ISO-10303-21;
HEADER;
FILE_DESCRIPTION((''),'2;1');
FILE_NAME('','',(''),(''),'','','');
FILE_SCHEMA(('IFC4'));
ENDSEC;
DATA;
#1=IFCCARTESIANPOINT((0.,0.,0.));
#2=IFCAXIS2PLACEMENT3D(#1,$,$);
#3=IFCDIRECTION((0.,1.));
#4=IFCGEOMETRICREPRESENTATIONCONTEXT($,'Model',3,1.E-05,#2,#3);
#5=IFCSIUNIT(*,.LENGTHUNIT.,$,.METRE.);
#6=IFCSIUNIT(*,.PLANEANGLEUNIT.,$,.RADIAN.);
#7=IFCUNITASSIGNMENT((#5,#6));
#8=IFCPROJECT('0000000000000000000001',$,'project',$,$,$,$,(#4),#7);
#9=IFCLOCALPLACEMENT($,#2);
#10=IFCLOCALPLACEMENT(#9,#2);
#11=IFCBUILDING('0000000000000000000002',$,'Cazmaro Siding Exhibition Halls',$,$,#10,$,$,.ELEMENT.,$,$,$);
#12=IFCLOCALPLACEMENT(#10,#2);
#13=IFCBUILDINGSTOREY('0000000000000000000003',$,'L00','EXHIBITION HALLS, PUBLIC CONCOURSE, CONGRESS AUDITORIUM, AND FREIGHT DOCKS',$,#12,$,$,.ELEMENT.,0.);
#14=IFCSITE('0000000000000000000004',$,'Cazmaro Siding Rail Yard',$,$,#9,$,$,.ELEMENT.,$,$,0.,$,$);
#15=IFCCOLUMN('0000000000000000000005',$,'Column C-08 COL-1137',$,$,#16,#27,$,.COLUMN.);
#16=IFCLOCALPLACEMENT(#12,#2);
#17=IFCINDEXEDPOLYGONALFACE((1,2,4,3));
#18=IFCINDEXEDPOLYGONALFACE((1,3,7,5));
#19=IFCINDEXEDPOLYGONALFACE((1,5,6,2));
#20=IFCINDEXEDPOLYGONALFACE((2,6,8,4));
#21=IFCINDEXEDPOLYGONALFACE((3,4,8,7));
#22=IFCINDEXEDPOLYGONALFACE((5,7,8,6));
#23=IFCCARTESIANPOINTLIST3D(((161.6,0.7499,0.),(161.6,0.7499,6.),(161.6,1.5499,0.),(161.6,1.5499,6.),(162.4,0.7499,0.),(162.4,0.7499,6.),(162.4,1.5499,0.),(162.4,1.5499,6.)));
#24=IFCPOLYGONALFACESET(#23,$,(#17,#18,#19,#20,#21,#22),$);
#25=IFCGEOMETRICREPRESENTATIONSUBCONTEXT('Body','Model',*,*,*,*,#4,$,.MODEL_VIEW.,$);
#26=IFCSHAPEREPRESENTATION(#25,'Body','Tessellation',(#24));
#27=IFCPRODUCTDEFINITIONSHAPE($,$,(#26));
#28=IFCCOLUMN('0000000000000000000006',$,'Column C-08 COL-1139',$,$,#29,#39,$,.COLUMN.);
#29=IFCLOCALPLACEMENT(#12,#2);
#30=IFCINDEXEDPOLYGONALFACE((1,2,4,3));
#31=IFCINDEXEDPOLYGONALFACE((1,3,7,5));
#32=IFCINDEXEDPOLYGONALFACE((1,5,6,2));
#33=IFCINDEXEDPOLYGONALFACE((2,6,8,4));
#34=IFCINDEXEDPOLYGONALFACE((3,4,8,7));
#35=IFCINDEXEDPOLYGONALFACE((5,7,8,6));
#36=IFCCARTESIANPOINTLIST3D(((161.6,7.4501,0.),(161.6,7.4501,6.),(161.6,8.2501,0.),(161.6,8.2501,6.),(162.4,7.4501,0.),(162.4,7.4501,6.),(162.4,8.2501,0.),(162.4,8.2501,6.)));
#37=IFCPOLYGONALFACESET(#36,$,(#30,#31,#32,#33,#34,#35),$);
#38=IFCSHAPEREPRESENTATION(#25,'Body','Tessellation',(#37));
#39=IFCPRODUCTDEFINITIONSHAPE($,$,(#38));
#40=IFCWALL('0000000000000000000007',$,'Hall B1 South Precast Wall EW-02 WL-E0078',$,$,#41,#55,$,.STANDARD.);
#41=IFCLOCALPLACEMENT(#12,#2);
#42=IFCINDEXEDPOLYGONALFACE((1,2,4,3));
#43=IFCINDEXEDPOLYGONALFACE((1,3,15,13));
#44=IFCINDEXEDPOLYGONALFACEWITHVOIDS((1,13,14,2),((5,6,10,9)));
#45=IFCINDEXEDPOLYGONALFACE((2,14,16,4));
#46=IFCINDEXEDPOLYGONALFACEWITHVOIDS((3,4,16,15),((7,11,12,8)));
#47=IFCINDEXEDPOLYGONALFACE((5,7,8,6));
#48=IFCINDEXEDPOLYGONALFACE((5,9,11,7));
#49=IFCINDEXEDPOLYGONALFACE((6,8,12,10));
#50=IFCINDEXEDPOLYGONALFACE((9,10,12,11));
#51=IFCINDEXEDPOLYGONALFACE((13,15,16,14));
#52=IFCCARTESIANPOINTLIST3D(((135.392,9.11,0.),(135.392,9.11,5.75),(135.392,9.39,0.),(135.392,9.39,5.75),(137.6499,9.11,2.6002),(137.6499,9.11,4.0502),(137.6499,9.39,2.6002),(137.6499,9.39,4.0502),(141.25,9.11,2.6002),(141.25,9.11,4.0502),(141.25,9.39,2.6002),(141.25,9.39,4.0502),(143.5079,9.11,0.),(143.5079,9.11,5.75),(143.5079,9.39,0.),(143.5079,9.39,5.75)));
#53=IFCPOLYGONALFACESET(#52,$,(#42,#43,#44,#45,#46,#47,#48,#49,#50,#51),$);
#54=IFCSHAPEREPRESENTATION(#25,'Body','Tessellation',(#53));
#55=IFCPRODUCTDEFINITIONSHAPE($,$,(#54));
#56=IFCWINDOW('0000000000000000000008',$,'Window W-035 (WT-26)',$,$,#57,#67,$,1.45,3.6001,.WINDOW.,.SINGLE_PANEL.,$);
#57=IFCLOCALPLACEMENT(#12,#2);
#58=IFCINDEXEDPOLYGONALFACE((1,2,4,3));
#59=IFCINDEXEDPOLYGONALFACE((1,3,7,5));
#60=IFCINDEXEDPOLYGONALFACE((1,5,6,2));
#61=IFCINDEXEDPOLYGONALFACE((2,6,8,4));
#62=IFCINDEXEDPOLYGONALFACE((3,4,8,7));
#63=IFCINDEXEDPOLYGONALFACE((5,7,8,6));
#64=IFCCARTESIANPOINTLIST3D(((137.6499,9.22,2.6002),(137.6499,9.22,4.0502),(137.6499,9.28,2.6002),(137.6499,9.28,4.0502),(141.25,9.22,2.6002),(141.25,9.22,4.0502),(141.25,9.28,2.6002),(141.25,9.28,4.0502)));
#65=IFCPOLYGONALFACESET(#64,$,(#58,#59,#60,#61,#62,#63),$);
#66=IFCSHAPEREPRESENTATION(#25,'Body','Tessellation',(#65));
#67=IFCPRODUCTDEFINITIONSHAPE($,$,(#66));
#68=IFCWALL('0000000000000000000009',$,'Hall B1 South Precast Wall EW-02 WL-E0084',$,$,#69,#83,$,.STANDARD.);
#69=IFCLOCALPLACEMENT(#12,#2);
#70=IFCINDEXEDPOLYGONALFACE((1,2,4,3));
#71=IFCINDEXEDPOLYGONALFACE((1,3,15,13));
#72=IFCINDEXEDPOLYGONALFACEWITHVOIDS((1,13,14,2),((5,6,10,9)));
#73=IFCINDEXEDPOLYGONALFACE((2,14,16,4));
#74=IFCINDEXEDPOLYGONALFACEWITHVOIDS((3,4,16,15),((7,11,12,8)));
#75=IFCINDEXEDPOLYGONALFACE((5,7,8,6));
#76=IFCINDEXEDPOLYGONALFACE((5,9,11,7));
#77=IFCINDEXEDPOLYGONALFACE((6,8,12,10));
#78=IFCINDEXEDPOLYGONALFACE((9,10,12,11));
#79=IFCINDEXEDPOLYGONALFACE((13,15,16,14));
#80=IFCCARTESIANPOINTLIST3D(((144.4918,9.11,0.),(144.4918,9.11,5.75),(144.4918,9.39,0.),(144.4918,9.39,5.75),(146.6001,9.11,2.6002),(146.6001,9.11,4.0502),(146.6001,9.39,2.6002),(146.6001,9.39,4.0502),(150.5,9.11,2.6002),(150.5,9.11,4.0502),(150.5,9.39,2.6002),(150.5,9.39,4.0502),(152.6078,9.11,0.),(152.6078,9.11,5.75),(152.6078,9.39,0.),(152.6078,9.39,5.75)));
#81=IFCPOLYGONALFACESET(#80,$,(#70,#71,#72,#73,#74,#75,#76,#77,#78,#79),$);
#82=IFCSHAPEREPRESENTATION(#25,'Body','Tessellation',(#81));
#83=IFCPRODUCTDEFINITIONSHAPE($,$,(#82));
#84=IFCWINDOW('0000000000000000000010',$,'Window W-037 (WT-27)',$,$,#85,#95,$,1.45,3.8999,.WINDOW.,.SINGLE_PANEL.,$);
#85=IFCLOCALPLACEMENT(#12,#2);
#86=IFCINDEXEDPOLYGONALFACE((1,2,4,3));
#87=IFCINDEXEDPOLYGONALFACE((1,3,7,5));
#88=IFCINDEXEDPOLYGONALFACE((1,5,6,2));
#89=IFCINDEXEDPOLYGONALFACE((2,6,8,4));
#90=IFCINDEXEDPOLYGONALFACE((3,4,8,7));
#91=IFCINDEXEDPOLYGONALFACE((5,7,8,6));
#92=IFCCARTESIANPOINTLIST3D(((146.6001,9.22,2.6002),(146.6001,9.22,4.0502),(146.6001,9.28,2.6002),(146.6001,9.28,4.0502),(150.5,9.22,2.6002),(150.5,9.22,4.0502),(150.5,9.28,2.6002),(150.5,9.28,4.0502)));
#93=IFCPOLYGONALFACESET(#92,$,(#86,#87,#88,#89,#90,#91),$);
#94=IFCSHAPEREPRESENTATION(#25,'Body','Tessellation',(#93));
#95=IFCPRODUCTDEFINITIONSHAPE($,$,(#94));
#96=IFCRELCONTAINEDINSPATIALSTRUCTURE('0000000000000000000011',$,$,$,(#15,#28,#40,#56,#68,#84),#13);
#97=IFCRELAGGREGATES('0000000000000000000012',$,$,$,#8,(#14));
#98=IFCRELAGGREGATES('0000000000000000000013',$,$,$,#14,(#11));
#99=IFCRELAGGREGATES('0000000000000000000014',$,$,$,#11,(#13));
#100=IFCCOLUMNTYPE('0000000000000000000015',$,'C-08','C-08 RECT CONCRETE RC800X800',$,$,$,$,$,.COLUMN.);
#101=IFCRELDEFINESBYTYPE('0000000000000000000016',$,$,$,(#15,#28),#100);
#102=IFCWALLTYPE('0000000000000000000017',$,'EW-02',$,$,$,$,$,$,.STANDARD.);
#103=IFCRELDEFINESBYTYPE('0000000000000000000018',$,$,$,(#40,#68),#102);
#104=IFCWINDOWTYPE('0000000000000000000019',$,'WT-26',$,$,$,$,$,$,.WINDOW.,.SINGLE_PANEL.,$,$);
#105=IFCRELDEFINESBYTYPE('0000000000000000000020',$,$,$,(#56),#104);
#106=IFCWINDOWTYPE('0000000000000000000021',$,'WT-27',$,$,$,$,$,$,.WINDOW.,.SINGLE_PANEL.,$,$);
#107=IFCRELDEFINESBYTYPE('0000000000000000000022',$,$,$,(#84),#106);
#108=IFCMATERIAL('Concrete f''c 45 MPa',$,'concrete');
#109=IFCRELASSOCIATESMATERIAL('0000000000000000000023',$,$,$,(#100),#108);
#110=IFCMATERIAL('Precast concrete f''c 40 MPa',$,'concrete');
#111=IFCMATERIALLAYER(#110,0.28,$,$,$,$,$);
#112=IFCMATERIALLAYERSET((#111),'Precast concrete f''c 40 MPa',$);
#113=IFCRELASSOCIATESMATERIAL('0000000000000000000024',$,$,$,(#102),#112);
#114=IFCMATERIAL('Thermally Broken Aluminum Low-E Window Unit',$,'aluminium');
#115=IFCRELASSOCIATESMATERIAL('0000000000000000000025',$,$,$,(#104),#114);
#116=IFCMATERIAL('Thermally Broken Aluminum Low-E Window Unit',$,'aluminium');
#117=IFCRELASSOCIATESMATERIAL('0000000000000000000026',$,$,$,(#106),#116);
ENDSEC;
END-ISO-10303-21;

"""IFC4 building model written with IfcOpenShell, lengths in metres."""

from ifc_helpers import new_model, si_unit, direction, frame, frame_2d, origin, origin_2d, place, context, subcontext, project, spatial, rectangle, extrude, material, layer, layer_set, material_profile, profile_set, type_object, element, fill, save


model = new_model("IFC4")

# Units and contexts
model_context = context("Model", 3, precision=1e-05, world=origin(), true_north=direction((0.0, 1.0)))
body_context = subcontext(model_context, "Body", "Model", "MODEL_VIEW")
ifc_project = project(units=[si_unit("LENGTHUNIT", "METRE"), si_unit("PLANEANGLEUNIT", "RADIAN")], contexts=[model_context])

# Site, building, storey
site_placement = place(None, origin())
site = spatial("IfcSite", under=ifc_project, at=site_placement, Name="Cazmaro Siding Rail Yard", CompositionType="ELEMENT", RefElevation=0.0)
building_placement = place(site_placement, origin())
building = spatial("IfcBuilding", under=site, at=building_placement, Name="Cazmaro Siding Exhibition Halls", CompositionType="ELEMENT")
storey_placement = place(building_placement, origin())
storey = spatial("IfcBuildingStorey", under=building, at=storey_placement, Name="L00", Description="EXHIBITION HALLS, PUBLIC CONCOURSE, CONGRESS AUDITORIUM, AND FREIGHT DOCKS", CompositionType="ELEMENT", Elevation=0.0)

# Columns
ifc_material_1 = material(Name="Concrete f'c 45 MPa", Category="concrete")
ifc_material_profile_1 = material_profile(ifc_material_1, rectangle(XDim=0.8, YDim=0.8, at=origin_2d()), Name="RC800X800")
ifc_profile_set_1 = profile_set([ifc_material_profile_1], Name="Concrete f'c 45 MPa")
column_type_1 = type_object("IfcColumnType", Name="C-08", Description="C-08 RECT CONCRETE RC800X800", PredefinedType="COLUMN", material=ifc_profile_set_1)
for number, where, z_axis, x_axis, name in (
    (1, (162.0, 1.1499, 0.0), (0.0, 0.0, 1.0), (1.0, 0.0, 0.0), "Column C-08 COL-1137"),
    (2, (162.0, 7.8501, 0.0), (0.0, 0.0, 1.0), (1.0, 0.0, 0.0), "Column C-08 COL-1139"),
):
    element("IfcColumn", number, at=place(storey_placement, frame(where, z_axis=z_axis, x_axis=x_axis)), inside=storey, type_object=column_type_1, Name=name, PredefinedType="COLUMN", context=body_context, shape_type="SweptSolid", body=[
        extrude(rectangle(XDim=0.8, YDim=0.8, at=origin_2d()), origin(), (0.0, 0.0, 1.0), 6.0),
    ])

# Walls, openings, windows
ifc_material_2 = material(Name="Precast concrete f'c 40 MPa", Category="concrete")
ifc_layer = layer(ifc_material_2, 0.28)
ifc_layer_set = layer_set([ifc_layer], Name="Precast concrete f'c 40 MPa")
wall_type = type_object("IfcWallType", Name="EW-02", PredefinedType="STANDARD", material=ifc_layer_set)
wall_1_placement = place(storey_placement, frame((143.5081, 9.25, 0.0), z_axis=(0.0, 0.0, 1.0), x_axis=(-1.0, 0.0, 0.0)))
wall_1 = element("IfcWall", 3, at=wall_1_placement, inside=storey, type_object=wall_type, Name="Hall B1 South Precast Wall EW-02 WL-E0078", PredefinedType="STANDARD", context=body_context, shape_type="SweptSolid", body=[
    extrude(rectangle(XDim=8.116, YDim=0.28, at=frame_2d((4.0581, 0.0))), origin(), (0.0, 0.0, 1.0), 5.75),
])
opening_1_placement = place(wall_1_placement, frame((2.2581, 0.0, 2.6001)))
opening_1 = element("IfcOpeningElement", 4, at=opening_1_placement, cuts=wall_1, PredefinedType="OPENING", context=body_context, shape_type="SweptSolid", body=[
    extrude(rectangle(XDim=3.6001, YDim=1.45, at=frame_2d((1.8, 0.7251))), frame((0.0, 0.1499, 0.0), z_axis=(0.0, -1.0, 0.0), x_axis=(1.0, 0.0, 0.0)), (0.0, 0.0, 1.0), 0.3),
])
ifc_material_3 = material(Name="Thermally Broken Aluminum Low-E Window Unit", Category="aluminium")
window_type_1 = type_object("IfcWindowType", Name="WT-26", PartitioningType="SINGLE_PANEL", PredefinedType="WINDOW", material=ifc_material_3)
window_1_placement = place(opening_1_placement, origin())
window_1 = element("IfcWindow", 5, at=window_1_placement, inside=storey, type_object=window_type_1, Name="Window W-035 (WT-26)", OverallHeight=1.45, OverallWidth=3.6001, PartitioningType="SINGLE_PANEL", PredefinedType="WINDOW", context=body_context, shape_type="SweptSolid", body=[
    extrude(rectangle(XDim=3.6001, YDim=1.45, at=frame_2d((1.8, 0.7251))), frame((0.0, 0.03, 0.0), z_axis=(0.0, -1.0, 0.0), x_axis=(1.0, 0.0, 0.0)), (0.0, 0.0, 1.0), 0.0601),
])
fill(opening_1, window_1)
wall_2_placement = place(storey_placement, frame((152.6079, 9.25, 0.0), z_axis=(0.0, 0.0, 1.0), x_axis=(-1.0, 0.0, 0.0)))
wall_2 = element("IfcWall", 6, at=wall_2_placement, inside=storey, type_object=wall_type, Name="Hall B1 South Precast Wall EW-02 WL-E0084", PredefinedType="STANDARD", context=body_context, shape_type="SweptSolid", body=[
    extrude(rectangle(XDim=8.116, YDim=0.28, at=frame_2d((4.0581, 0.0))), origin(), (0.0, 0.0, 1.0), 5.75),
])
opening_2_placement = place(wall_2_placement, frame((2.1079, 0.0, 2.6001)))
opening_2 = element("IfcOpeningElement", 7, at=opening_2_placement, cuts=wall_2, PredefinedType="OPENING", context=body_context, shape_type="SweptSolid", body=[
    extrude(rectangle(XDim=3.8999, YDim=1.45, at=frame_2d((1.95, 0.7251))), frame((0.0, 0.1499, 0.0), z_axis=(0.0, -1.0, 0.0), x_axis=(1.0, 0.0, 0.0)), (0.0, 0.0, 1.0), 0.3),
])
ifc_material_4 = material(Name="Thermally Broken Aluminum Low-E Window Unit", Category="aluminium")
window_type_2 = type_object("IfcWindowType", Name="WT-27", PartitioningType="SINGLE_PANEL", PredefinedType="WINDOW", material=ifc_material_4)
window_2_placement = place(opening_2_placement, origin())
window_2 = element("IfcWindow", 8, at=window_2_placement, inside=storey, type_object=window_type_2, Name="Window W-037 (WT-27)", OverallHeight=1.45, OverallWidth=3.8999, PartitioningType="SINGLE_PANEL", PredefinedType="WINDOW", context=body_context, shape_type="SweptSolid", body=[
    extrude(rectangle(XDim=3.8999, YDim=1.45, at=frame_2d((1.95, 0.7251))), frame((0.0, 0.03, 0.0), z_axis=(0.0, -1.0, 0.0), x_axis=(1.0, 0.0, 0.0)), (0.0, 0.0, 1.0), 0.0601),
])
fill(opening_2, window_2)

save(model, "model.ifc")
